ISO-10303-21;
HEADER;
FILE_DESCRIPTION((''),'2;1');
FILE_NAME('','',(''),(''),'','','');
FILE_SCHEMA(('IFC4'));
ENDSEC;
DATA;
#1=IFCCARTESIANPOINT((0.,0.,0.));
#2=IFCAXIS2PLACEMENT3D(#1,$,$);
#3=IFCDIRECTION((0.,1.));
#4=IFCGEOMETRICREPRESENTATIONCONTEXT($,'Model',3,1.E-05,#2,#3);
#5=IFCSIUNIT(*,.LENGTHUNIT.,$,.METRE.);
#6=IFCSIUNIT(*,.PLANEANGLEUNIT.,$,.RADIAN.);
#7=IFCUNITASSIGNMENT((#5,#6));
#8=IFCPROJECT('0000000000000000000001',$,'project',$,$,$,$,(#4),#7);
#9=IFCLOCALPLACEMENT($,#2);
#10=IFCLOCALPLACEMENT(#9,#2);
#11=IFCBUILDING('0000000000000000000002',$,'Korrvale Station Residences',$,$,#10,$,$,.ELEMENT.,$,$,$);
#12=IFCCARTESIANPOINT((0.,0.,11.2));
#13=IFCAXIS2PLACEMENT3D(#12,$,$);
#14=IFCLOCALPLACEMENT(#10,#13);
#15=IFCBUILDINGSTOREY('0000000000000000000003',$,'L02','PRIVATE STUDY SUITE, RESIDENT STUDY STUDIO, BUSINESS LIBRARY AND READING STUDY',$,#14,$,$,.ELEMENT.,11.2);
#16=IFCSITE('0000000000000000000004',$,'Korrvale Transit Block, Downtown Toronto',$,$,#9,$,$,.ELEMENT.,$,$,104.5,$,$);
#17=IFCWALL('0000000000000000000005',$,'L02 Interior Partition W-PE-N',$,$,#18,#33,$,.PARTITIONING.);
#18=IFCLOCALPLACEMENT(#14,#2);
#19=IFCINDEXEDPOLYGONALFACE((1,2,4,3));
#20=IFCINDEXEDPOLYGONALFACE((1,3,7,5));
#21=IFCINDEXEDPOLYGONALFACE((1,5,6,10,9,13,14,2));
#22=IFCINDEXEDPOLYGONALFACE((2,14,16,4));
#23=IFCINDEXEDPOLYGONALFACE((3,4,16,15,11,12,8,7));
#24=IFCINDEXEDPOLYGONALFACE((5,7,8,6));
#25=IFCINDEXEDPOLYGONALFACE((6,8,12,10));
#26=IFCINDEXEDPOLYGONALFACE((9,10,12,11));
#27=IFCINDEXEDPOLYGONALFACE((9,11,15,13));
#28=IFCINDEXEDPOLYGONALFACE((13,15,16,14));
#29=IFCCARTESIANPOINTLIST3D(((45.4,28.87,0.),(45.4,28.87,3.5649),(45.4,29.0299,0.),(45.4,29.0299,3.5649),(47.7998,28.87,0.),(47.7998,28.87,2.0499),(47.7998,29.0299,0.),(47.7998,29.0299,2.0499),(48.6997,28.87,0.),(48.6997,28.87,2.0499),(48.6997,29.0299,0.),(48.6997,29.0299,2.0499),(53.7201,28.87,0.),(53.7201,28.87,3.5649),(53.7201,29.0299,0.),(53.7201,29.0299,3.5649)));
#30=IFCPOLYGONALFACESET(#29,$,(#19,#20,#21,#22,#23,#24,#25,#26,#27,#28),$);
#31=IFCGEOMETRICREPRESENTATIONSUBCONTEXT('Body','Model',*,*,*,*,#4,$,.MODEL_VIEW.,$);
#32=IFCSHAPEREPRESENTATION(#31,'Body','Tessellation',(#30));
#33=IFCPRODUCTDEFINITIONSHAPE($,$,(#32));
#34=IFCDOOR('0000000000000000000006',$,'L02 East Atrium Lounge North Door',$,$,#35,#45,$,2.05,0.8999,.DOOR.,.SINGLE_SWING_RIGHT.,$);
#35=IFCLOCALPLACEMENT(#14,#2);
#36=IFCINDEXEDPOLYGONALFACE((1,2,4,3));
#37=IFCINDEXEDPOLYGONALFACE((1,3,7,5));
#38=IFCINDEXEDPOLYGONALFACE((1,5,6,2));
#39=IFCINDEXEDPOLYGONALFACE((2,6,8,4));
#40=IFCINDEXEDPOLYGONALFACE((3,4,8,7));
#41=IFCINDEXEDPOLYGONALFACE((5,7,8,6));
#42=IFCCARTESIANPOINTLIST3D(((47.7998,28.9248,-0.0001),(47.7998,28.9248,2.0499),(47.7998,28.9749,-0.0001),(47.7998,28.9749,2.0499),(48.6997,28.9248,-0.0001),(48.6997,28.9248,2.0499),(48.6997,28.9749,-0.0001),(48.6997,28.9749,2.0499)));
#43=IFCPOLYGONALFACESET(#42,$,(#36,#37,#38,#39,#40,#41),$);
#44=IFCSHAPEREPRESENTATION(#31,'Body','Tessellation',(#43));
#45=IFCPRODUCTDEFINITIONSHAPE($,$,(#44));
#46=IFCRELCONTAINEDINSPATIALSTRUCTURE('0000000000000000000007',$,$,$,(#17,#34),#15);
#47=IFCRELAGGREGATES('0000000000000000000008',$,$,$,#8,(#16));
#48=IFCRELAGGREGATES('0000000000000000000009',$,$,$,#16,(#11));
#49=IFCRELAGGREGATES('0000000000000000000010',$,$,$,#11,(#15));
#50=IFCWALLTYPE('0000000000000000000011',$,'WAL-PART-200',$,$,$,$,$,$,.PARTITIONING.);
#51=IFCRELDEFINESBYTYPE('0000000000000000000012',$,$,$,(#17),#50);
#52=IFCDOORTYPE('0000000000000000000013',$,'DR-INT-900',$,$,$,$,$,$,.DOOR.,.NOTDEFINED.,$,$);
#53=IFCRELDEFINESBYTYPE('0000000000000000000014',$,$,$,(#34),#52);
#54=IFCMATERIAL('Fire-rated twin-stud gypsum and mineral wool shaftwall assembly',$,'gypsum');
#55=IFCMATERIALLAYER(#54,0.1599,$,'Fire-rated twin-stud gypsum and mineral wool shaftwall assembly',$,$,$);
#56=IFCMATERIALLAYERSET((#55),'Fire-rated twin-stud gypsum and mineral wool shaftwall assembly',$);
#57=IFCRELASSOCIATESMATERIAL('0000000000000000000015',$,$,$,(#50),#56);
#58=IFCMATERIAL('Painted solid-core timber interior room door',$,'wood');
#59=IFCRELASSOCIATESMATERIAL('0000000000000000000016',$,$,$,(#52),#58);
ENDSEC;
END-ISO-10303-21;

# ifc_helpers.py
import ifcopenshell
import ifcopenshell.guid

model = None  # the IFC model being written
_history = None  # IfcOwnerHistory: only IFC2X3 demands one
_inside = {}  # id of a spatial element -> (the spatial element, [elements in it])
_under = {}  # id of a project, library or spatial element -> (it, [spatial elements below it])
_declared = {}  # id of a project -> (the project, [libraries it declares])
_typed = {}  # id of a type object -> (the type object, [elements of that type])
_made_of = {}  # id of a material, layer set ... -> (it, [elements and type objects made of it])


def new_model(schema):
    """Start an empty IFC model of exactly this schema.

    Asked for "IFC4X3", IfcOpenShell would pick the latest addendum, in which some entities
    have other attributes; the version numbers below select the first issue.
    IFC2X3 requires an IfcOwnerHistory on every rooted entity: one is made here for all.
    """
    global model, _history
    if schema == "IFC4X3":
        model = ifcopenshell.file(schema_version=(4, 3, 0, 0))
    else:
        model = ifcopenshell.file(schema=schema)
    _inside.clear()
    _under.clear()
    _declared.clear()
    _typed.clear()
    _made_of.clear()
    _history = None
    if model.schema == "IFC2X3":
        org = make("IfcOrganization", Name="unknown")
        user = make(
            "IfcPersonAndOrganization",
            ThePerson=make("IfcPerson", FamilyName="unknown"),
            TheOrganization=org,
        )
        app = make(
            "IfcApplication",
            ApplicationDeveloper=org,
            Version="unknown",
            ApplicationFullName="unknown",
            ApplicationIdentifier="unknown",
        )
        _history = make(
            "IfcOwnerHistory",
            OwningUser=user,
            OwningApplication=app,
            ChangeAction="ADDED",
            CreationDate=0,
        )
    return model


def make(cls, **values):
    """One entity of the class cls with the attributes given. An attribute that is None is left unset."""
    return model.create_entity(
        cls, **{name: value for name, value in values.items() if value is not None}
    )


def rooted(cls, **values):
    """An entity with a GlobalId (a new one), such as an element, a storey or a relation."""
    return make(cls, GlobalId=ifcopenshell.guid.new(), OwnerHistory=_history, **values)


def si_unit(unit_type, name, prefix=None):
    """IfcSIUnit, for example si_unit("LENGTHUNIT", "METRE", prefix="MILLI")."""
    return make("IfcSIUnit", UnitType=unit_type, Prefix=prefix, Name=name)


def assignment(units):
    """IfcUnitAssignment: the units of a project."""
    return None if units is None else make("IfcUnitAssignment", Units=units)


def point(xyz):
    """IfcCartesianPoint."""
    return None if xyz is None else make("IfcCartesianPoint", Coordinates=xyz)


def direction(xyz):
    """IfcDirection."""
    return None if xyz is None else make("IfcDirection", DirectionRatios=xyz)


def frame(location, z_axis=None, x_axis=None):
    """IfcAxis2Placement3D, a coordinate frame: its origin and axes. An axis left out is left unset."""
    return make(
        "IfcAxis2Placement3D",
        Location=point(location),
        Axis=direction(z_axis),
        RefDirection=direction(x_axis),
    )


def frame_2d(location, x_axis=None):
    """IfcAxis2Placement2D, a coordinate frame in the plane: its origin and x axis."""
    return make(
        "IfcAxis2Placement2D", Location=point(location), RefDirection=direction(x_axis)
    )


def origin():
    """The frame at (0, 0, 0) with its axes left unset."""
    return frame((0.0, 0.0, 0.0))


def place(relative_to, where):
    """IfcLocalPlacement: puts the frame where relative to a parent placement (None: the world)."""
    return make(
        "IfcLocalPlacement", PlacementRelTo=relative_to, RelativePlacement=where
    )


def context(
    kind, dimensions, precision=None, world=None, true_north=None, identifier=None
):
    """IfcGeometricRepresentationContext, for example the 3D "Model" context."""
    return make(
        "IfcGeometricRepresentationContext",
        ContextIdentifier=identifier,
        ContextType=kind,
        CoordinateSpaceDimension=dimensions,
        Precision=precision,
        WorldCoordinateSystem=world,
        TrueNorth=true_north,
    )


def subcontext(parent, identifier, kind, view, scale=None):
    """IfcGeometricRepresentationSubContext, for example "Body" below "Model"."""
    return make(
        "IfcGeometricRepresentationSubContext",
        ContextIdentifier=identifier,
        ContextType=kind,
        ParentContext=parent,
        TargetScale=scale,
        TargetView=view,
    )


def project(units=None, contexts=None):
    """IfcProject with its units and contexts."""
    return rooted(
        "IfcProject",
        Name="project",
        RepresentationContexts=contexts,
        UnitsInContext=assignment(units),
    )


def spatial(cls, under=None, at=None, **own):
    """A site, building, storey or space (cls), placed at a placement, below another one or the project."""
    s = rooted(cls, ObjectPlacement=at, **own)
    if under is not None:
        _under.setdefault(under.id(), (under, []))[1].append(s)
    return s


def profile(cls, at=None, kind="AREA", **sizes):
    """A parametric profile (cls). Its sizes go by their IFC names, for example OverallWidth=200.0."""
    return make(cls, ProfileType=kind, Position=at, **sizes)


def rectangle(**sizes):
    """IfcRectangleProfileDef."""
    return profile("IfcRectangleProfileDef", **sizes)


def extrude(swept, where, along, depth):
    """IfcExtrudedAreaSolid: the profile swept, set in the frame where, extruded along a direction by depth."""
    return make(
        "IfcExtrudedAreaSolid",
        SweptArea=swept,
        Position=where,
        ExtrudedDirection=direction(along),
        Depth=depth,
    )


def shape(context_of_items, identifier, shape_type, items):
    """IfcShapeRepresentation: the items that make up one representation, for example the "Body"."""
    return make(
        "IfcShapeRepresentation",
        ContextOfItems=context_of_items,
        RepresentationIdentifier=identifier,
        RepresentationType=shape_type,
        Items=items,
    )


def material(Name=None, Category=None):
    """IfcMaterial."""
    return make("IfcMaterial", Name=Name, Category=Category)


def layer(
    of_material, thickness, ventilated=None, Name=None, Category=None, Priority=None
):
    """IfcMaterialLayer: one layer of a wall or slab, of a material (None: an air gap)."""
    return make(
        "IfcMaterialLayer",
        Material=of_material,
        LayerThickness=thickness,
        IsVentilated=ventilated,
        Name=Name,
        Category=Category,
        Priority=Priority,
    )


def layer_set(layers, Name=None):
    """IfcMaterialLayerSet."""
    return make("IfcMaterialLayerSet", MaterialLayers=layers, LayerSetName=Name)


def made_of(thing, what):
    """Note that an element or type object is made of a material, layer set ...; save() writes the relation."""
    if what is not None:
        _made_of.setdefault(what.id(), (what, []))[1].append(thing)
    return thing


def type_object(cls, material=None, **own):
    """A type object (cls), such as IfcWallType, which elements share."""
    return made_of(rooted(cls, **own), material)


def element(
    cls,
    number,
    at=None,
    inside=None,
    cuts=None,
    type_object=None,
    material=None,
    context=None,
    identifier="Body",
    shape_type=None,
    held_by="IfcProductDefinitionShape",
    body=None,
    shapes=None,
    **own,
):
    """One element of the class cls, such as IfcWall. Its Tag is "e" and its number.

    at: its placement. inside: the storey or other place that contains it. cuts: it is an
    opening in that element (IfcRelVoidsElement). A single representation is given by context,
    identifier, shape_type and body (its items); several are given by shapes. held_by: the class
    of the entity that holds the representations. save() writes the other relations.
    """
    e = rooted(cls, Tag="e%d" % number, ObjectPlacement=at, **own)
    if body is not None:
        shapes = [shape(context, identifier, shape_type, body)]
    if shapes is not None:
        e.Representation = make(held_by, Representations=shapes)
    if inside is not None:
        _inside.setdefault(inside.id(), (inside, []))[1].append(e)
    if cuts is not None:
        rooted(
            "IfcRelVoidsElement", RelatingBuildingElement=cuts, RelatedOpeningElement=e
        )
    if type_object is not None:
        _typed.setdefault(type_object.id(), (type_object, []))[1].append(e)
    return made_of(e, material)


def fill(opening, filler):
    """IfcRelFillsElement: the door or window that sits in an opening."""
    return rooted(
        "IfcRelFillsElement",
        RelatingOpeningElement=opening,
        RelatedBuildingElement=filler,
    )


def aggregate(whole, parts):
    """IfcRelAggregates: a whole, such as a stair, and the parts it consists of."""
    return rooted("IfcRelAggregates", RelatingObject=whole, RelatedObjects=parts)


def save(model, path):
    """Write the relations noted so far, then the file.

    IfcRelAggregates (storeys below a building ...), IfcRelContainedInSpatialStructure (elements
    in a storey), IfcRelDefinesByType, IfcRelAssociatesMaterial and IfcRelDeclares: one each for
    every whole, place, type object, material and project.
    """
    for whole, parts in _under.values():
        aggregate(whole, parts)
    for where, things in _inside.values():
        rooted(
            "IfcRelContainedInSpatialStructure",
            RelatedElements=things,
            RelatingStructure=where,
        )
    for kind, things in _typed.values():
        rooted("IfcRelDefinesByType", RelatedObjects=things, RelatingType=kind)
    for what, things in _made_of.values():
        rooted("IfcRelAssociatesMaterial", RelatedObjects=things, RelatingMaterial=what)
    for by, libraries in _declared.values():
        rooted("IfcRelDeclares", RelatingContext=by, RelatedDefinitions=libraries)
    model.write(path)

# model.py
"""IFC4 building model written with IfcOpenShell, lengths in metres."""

from ifc_helpers import new_model, si_unit, direction, frame, frame_2d, origin, place, context, subcontext, project, spatial, rectangle, extrude, material, layer, layer_set, type_object, element, fill, save


model = new_model("IFC4")

# Units and contexts
model_context = context("Model", 3, precision=1e-05, world=origin(), true_north=direction((0.0, 1.0)))
body_context = subcontext(model_context, "Body", "Model", "MODEL_VIEW")
ifc_project = project(units=[si_unit("LENGTHUNIT", "METRE"), si_unit("PLANEANGLEUNIT", "RADIAN")], contexts=[model_context])

# Site, building, storey
site_placement = place(None, origin())
site = spatial("IfcSite", under=ifc_project, at=site_placement, Name="Korrvale Transit Block, Downtown Toronto", CompositionType="ELEMENT", RefElevation=104.5)
building_placement = place(site_placement, origin())
building = spatial("IfcBuilding", under=site, at=building_placement, Name="Korrvale Station Residences", CompositionType="ELEMENT")
storey_placement = place(building_placement, frame((0.0, 0.0, 11.2)))
storey = spatial("IfcBuildingStorey", under=building, at=storey_placement, Name="L02", Description="PRIVATE STUDY SUITE, RESIDENT STUDY STUDIO, BUSINESS LIBRARY AND READING STUDY", CompositionType="ELEMENT", Elevation=11.2)

# Wall, opening, door
ifc_material_1 = material(Name="Fire-rated twin-stud gypsum and mineral wool shaftwall assembly", Category="gypsum")
ifc_layer_1 = layer(ifc_material_1, 0.1599, Name="Fire-rated twin-stud gypsum and mineral wool shaftwall assembly")
ifc_layer_set_1 = layer_set([ifc_layer_1], Name="Fire-rated twin-stud gypsum and mineral wool shaftwall assembly")
wall_type = type_object("IfcWallType", Name="WAL-PART-200", PredefinedType="PARTITIONING", material=ifc_layer_set_1)
wall_placement = place(storey_placement, frame((45.3999, 28.95, 0.0), z_axis=(0.0, 0.0, 1.0), x_axis=(1.0, 0.0, 0.0)))
wall = element("IfcWall", 1, at=wall_placement, inside=storey, type_object=wall_type, Name="L02 Interior Partition W-PE-N", PredefinedType="PARTITIONING", context=body_context, shape_type="SweptSolid", body=[
    extrude(rectangle(XDim=8.3201, YDim=0.1599, at=frame_2d((4.1602, 0.0))), origin(), (0.0, 0.0, 1.0), 3.5649),
])
opening_placement = place(wall_placement, frame((2.3999, 0.0, 0.0)))
opening = element("IfcOpeningElement", 2, at=opening_placement, cuts=wall, PredefinedType="OPENING", context=body_context, shape_type="SweptSolid", body=[
    extrude(rectangle(XDim=0.8999, YDim=2.05, at=frame_2d((0.45, 1.0249))), frame((0.0, 0.0898, 0.0), z_axis=(0.0, -1.0, 0.0), x_axis=(1.0, 0.0, 0.0)), (0.0, 0.0, 1.0), 0.1799),
])
ifc_material_2 = material(Name="Painted solid-core timber interior room door", Category="wood")
door_type = type_object("IfcDoorType", Name="DR-INT-900", OperationType="NOTDEFINED", PredefinedType="DOOR", material=ifc_material_2)
door_placement = place(opening_placement, origin())
door = element("IfcDoor", 3, at=door_placement, inside=storey, type_object=door_type, Name="L02 East Atrium Lounge North Door", OperationType="SINGLE_SWING_RIGHT", OverallHeight=2.05, OverallWidth=0.8999, PredefinedType="DOOR", context=body_context, shape_type="SweptSolid", body=[
    extrude(rectangle(XDim=0.8999, YDim=2.05, at=frame_2d((0.45, 1.0249))), frame((0.0, 0.0249, 0.0), z_axis=(0.0, -1.0, 0.0), x_axis=(1.0, 0.0, 0.0)), (0.0, 0.0, 1.0), 0.05),
])
fill(opening, door)

save(model, "model.ifc")
